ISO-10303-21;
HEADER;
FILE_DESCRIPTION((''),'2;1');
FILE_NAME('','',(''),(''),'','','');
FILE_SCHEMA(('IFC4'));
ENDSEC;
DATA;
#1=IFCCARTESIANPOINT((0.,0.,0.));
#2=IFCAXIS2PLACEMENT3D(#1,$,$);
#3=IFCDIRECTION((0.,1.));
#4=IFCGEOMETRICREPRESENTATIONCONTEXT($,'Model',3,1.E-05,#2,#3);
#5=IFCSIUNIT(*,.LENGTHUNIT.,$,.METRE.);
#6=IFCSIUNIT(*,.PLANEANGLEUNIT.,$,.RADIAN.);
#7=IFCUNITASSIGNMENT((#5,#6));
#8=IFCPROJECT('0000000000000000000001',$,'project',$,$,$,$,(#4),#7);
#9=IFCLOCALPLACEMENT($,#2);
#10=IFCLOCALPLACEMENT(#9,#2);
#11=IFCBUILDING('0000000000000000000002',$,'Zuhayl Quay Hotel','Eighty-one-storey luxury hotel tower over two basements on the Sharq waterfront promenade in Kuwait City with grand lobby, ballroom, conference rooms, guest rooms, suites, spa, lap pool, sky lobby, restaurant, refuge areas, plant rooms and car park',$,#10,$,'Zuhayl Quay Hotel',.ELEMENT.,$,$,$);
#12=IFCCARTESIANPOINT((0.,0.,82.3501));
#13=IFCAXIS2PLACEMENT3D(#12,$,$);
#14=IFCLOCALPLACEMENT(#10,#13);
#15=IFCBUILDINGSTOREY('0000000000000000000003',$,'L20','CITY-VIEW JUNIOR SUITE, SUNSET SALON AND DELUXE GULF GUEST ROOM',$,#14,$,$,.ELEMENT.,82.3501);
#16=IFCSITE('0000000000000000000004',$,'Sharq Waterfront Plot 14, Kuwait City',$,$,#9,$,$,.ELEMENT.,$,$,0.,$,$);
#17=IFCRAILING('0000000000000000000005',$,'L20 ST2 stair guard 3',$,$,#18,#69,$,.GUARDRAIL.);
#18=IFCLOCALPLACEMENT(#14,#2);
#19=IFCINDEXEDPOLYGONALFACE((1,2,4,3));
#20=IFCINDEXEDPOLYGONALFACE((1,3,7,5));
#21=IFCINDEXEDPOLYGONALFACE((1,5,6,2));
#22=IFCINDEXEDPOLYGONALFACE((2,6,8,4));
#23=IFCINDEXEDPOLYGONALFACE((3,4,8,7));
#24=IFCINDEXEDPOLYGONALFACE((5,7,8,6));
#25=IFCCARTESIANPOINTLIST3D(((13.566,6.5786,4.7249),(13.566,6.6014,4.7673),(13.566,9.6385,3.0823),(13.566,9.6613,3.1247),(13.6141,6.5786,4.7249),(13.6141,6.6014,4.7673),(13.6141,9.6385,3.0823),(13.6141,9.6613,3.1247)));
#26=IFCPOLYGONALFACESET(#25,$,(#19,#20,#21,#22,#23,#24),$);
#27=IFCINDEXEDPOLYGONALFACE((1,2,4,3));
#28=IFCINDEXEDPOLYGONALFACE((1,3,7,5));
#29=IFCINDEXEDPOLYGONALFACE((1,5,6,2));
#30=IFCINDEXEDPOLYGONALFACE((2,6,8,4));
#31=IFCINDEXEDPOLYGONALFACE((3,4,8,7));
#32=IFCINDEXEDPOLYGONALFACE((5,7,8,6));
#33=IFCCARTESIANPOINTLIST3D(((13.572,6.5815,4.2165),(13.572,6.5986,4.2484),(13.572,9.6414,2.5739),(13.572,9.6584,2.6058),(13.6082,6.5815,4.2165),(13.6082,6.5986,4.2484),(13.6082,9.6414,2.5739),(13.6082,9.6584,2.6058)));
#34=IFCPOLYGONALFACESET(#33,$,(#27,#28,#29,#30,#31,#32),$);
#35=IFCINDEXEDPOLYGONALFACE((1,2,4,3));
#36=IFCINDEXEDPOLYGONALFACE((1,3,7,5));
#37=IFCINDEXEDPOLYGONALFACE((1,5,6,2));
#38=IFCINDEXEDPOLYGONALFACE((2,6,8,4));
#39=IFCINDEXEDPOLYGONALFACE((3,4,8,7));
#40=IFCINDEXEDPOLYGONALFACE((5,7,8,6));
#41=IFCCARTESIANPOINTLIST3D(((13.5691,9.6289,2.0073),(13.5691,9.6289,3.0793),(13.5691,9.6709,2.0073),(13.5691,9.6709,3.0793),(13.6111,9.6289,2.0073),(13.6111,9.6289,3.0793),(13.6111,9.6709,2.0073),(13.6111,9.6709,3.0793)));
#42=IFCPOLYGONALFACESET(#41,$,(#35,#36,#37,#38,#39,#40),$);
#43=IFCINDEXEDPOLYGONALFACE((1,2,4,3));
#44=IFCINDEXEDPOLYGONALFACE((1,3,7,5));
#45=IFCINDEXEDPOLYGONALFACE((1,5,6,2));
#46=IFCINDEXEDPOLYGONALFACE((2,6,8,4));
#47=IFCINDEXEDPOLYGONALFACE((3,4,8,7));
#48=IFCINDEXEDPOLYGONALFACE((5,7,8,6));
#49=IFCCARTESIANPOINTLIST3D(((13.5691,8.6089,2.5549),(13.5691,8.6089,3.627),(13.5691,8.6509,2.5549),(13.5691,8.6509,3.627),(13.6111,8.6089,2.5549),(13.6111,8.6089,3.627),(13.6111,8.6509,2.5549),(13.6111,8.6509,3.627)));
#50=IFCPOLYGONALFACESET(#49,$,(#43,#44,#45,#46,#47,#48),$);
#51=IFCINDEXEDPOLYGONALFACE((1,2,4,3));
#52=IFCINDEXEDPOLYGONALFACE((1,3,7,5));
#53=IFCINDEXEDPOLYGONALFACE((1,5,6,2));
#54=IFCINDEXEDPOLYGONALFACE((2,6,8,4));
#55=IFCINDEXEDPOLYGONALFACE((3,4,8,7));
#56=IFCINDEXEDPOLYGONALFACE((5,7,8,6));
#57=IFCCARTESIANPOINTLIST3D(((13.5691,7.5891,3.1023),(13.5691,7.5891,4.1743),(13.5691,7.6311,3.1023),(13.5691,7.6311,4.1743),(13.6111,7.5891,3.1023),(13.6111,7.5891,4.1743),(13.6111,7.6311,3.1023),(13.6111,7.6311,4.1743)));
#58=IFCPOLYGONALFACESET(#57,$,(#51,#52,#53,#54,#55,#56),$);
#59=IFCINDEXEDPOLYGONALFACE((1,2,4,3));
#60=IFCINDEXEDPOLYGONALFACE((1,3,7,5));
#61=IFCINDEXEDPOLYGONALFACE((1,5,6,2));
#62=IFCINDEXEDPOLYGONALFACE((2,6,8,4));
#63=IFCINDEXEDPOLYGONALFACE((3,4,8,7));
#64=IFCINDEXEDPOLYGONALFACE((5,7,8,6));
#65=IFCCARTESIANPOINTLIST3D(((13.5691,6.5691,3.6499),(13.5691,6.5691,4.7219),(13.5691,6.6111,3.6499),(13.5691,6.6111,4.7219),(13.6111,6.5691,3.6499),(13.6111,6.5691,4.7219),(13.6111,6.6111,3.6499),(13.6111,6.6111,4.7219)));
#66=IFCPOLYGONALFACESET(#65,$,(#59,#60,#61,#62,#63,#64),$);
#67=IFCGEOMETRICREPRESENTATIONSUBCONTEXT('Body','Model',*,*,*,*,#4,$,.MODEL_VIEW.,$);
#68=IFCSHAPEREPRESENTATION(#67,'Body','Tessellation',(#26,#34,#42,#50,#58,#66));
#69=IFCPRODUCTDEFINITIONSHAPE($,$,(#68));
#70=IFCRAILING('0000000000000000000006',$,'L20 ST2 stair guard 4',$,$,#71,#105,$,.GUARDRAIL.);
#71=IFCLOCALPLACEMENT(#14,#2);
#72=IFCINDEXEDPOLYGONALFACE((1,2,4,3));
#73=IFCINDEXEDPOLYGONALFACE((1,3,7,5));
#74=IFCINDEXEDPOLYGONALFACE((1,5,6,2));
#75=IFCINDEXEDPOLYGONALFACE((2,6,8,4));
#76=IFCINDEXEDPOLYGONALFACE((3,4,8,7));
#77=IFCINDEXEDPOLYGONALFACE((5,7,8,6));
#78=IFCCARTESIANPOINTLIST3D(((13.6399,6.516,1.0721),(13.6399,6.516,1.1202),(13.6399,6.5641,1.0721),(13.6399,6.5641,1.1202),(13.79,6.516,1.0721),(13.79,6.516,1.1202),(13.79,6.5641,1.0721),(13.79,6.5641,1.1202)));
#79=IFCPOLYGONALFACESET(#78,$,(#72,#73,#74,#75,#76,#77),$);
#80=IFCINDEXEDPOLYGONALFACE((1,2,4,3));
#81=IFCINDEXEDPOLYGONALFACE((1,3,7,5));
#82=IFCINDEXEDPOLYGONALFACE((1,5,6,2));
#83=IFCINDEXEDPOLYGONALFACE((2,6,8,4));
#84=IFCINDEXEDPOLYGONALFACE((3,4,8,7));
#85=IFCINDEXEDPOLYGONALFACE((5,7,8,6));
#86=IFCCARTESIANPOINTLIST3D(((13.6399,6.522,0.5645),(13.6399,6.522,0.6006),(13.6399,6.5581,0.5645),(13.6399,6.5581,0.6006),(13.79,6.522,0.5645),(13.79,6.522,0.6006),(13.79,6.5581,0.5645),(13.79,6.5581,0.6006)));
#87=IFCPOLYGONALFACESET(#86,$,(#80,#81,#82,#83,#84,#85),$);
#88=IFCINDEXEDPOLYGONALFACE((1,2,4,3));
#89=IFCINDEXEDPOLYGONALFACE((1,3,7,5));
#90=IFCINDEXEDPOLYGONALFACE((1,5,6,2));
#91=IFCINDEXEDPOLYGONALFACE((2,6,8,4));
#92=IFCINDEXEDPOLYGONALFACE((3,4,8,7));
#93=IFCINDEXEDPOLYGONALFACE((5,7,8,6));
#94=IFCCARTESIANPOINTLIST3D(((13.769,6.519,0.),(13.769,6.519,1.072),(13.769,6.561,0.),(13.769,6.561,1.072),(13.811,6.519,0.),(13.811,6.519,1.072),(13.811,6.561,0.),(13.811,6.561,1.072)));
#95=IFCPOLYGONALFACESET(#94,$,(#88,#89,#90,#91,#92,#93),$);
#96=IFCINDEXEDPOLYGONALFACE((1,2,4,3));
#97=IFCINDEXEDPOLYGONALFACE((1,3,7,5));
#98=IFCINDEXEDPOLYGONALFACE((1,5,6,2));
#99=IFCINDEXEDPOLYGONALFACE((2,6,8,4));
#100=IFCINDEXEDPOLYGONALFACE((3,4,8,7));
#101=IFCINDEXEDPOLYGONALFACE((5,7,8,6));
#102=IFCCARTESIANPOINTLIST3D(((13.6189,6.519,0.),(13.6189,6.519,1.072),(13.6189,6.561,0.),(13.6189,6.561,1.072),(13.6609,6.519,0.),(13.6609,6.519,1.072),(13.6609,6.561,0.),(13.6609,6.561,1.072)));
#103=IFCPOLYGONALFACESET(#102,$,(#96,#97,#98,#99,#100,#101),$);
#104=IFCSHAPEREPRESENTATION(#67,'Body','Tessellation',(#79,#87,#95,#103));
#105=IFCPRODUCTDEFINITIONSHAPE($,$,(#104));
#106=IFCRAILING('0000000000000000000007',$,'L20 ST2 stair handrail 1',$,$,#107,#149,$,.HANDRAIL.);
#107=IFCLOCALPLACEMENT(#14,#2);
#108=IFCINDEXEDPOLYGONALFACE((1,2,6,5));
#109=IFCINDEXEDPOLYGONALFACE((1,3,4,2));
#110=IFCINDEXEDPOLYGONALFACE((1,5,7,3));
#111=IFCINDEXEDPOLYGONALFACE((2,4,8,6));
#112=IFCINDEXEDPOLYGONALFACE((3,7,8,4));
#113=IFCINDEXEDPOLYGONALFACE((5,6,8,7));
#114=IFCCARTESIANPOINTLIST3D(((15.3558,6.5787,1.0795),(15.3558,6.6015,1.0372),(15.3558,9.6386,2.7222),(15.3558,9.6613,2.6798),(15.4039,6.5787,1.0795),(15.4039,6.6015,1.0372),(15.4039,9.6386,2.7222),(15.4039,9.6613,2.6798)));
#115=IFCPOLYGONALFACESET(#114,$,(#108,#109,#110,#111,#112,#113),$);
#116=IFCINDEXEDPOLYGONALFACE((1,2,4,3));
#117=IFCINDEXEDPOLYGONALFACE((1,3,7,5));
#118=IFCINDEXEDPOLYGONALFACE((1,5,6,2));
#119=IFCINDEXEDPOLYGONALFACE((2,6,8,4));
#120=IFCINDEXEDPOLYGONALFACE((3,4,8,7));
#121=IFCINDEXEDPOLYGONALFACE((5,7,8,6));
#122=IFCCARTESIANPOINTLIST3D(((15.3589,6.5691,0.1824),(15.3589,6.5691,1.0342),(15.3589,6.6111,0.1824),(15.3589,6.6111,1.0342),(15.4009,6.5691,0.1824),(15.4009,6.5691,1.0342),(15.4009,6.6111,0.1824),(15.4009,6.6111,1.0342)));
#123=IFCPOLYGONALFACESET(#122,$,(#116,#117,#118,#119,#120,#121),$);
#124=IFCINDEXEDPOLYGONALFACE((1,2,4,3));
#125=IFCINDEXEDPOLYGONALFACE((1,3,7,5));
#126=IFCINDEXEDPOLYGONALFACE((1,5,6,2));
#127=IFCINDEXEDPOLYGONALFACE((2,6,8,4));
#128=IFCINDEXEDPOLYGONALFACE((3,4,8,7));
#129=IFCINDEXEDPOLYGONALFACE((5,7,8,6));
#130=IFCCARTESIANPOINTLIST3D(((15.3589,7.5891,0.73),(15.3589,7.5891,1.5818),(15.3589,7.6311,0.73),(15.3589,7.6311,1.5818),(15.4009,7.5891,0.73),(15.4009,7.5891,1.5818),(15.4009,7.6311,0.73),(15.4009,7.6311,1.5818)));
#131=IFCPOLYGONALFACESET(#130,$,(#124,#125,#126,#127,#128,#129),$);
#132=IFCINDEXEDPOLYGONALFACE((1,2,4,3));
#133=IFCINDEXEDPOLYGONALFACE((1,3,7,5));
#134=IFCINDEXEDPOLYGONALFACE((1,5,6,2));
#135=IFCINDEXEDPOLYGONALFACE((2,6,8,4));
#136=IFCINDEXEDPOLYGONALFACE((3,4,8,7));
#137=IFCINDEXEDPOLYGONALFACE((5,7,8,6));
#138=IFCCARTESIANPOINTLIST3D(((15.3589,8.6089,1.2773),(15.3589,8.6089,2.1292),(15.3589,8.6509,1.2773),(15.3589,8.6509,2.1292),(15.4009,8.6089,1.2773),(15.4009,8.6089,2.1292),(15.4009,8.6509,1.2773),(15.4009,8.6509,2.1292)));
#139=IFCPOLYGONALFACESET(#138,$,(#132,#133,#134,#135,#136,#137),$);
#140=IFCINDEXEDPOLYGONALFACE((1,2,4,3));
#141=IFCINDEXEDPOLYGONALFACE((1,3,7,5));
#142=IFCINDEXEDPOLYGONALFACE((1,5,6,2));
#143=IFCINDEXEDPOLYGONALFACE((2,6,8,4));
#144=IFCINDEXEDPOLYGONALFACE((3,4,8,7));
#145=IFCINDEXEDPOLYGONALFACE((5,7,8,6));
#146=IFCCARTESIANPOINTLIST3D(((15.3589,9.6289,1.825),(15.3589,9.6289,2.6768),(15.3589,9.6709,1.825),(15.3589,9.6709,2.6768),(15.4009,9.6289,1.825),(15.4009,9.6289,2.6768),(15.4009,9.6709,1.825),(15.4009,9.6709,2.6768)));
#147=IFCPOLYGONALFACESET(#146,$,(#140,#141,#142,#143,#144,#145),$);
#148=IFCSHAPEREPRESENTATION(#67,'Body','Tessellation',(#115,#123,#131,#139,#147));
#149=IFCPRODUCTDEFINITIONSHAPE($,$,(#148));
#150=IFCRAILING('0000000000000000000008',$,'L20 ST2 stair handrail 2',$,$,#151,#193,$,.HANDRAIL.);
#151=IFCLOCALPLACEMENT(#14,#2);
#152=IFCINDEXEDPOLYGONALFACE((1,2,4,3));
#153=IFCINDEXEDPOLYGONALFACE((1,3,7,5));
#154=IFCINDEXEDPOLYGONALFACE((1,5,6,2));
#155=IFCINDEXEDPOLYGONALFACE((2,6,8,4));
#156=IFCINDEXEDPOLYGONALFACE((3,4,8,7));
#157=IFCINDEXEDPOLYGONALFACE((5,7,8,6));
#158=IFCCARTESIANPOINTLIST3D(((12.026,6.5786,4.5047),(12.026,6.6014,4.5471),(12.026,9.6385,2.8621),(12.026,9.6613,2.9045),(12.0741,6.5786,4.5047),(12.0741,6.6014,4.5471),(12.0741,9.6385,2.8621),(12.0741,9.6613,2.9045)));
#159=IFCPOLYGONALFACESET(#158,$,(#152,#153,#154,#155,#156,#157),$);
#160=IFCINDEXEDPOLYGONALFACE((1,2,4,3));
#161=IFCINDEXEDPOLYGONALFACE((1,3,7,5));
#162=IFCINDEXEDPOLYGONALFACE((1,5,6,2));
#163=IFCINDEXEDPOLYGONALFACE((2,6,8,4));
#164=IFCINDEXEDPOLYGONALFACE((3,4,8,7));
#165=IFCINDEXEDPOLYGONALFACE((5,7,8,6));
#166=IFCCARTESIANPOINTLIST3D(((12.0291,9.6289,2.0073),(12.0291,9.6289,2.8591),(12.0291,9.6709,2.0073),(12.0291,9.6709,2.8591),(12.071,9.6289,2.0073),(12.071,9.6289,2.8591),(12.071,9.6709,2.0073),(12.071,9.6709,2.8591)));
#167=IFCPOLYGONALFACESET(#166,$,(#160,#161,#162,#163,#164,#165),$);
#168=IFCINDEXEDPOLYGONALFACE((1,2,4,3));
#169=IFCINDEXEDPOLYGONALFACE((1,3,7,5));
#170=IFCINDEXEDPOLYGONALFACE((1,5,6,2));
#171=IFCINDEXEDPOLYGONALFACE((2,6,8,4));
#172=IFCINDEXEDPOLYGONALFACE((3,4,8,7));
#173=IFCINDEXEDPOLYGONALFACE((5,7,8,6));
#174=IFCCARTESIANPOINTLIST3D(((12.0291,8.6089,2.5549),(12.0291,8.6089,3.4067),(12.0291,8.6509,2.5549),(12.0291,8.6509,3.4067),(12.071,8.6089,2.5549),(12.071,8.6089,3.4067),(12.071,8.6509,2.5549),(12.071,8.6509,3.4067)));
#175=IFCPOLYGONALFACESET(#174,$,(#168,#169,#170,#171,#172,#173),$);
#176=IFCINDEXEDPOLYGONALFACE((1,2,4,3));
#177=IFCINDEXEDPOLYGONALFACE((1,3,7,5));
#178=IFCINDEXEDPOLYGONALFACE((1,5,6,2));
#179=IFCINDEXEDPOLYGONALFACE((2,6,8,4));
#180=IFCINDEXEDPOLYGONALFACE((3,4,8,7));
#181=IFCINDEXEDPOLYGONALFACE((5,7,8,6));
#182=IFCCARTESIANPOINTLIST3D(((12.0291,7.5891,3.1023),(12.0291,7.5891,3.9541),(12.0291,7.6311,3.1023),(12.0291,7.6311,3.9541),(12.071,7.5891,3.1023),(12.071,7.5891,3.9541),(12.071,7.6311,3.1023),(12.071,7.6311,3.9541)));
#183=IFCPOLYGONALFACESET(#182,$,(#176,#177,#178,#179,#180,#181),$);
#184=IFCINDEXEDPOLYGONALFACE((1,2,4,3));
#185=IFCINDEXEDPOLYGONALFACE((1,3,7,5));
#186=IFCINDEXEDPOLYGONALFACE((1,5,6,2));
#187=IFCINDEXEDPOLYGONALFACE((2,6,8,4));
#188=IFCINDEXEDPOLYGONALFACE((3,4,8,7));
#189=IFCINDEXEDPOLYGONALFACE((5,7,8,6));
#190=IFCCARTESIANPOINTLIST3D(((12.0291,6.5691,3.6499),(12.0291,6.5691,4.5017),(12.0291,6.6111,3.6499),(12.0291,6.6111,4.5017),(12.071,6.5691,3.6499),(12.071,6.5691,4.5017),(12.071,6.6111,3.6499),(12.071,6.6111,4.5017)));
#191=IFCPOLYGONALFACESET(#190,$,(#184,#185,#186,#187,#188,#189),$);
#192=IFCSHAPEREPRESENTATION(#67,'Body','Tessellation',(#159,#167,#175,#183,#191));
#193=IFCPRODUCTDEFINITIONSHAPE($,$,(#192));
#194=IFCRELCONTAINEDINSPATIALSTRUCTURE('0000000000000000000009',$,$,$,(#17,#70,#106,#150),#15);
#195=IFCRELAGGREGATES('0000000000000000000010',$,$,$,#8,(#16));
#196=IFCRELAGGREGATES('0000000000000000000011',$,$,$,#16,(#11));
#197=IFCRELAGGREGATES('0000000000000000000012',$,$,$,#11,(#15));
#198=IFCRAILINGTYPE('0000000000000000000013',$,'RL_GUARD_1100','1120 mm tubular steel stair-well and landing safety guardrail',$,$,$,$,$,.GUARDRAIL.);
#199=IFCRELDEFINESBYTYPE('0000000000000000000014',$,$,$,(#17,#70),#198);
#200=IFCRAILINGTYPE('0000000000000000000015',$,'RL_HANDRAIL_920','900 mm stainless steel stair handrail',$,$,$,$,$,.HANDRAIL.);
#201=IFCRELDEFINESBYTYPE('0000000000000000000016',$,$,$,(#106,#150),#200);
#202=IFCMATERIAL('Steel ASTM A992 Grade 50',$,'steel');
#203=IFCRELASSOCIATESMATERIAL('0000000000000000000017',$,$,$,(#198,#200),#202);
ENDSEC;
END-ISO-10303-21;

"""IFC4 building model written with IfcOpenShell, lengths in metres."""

from ifc_helpers import new_model, si_unit, direction, frame, origin, origin_2d, place, context, subcontext, project, spatial, rectangle, extrude, material, type_object, element, save


model = new_model("IFC4")

# Units and contexts
model_context = context("Model", 3, precision=1e-05, world=origin(), true_north=direction((0.0, 1.0)))
body_context = subcontext(model_context, "Body", "Model", "MODEL_VIEW")
ifc_project = project(units=[si_unit("LENGTHUNIT", "METRE"), si_unit("PLANEANGLEUNIT", "RADIAN")], contexts=[model_context])

# Site, building, storey
site_placement = place(None, origin())
site = spatial("IfcSite", under=ifc_project, at=site_placement, Name="Sharq Waterfront Plot 14, Kuwait City", CompositionType="ELEMENT", RefElevation=0.0)
building_placement = place(site_placement, origin())
building = spatial("IfcBuilding", under=site, at=building_placement, Name="Zuhayl Quay Hotel", Description="Eighty-one-storey luxury hotel tower over two basements on the Sharq waterfront promenade in Kuwait City with grand lobby, ballroom, conference rooms, guest rooms, suites, spa, lap pool, sky lobby, restaurant, refuge areas, plant rooms and car park", LongName="Zuhayl Quay Hotel", CompositionType="ELEMENT")
storey_placement = place(building_placement, frame((0.0, 0.0, 82.3501)))
storey = spatial("IfcBuildingStorey", under=building, at=storey_placement, Name="L20", Description="CITY-VIEW JUNIOR SUITE, SUNSET SALON AND DELUXE GULF GUEST ROOM", CompositionType="ELEMENT", Elevation=82.3501)

# Shared definitions
ifc_material_1 = material(Name="Steel ASTM A992 Grade 50", Category="steel")

# Railings
railing_type_1 = type_object("IfcRailingType", Name="RL_GUARD_1100", Description="1120 mm tubular steel stair-well and landing safety guardrail", PredefinedType="GUARDRAIL", material=ifc_material_1)
railing_1_placement = place(storey_placement, frame((13.5901, 9.6499, 2.0073)))
element("IfcRailing", 1, at=railing_1_placement, inside=storey, type_object=railing_type_1, Name="L20 ST2 stair guard 3", PredefinedType="GUARDRAIL", context=body_context, shape_type="SweptSolid", body=[
    extrude(rectangle(XDim=0.0481, YDim=0.0481, at=origin_2d()), frame((0.0, 0.0, 1.0962), z_axis=(0.0, -0.881073, 0.47298), x_axis=(1.0, 0.0, 0.0)), (0.0, 0.0, 1.0), 3.4729),
    extrude(rectangle(XDim=0.0361, YDim=0.0361, at=origin_2d()), frame((0.0, 0.0, 0.5825), z_axis=(0.0, -0.881073, 0.47298), x_axis=(1.0, 0.0, 0.0)), (0.0, 0.0, 1.0), 3.4729),
    extrude(rectangle(XDim=0.042, YDim=0.042, at=origin_2d()), origin(), (0.0, 0.0, 1.0), 1.072),
    extrude(rectangle(XDim=0.042, YDim=0.042, at=origin_2d()), frame((0.0, -1.02, 0.5476)), (0.0, 0.0, 1.0), 1.072),
    extrude(rectangle(XDim=0.042, YDim=0.042, at=origin_2d()), frame((0.0, -2.0398, 1.095)), (0.0, 0.0, 1.0), 1.072),
    extrude(rectangle(XDim=0.042, YDim=0.042, at=origin_2d()), frame((0.0, -3.0598, 1.6426)), (0.0, 0.0, 1.0), 1.072),
])
railing_2_placement = place(storey_placement, frame((13.79, 6.54, 0.0)))
element("IfcRailing", 2, at=railing_2_placement, inside=storey, type_object=railing_type_1, Name="L20 ST2 stair guard 4", PredefinedType="GUARDRAIL", context=body_context, shape_type="SweptSolid", body=[
    extrude(rectangle(XDim=0.0481, YDim=0.0481, at=origin_2d()), frame((0.0, 0.0, 1.0962), z_axis=(-1.0, 0.0, 0.0), x_axis=(0.0, -1.0, 0.0)), (0.0, 0.0, 1.0), 0.1501),
    extrude(rectangle(XDim=0.0361, YDim=0.0361, at=origin_2d()), frame((0.0, 0.0, 0.5825), z_axis=(-1.0, 0.0, 0.0), x_axis=(0.0, -1.0, 0.0)), (0.0, 0.0, 1.0), 0.1501),
    extrude(rectangle(XDim=0.042, YDim=0.042, at=origin_2d()), origin(), (0.0, 0.0, 1.0), 1.072),
    extrude(rectangle(XDim=0.042, YDim=0.042, at=origin_2d()), frame((-0.1501, 0.0, 0.0)), (0.0, 0.0, 1.0), 1.072),
])
railing_type_2 = type_object("IfcRailingType", Name="RL_HANDRAIL_920", Description="900 mm stainless steel stair handrail", PredefinedType="HANDRAIL", material=ifc_material_1)
railing_3_placement = place(storey_placement, frame((15.3799, 6.5901, 0.1824)))
element("IfcRailing", 3, at=railing_3_placement, inside=storey, type_object=railing_type_2, Name="L20 ST2 stair handrail 1", PredefinedType="HANDRAIL", context=body_context, shape_type="SweptSolid", body=[
    extrude(rectangle(XDim=0.0481, YDim=0.0481, at=origin_2d()), frame((0.0, 0.0, 0.876), z_axis=(0.0, 0.881073, 0.47298), x_axis=(-1.0, 0.0, 0.0)), (0.0, 0.0, 1.0), 3.4729),
    extrude(rectangle(XDim=0.042, YDim=0.042, at=origin_2d()), origin(), (0.0, 0.0, 1.0), 0.8518),
    extrude(rectangle(XDim=0.042, YDim=0.042, at=origin_2d()), frame((0.0, 1.02, 0.5476)), (0.0, 0.0, 1.0), 0.8518),
    extrude(rectangle(XDim=0.042, YDim=0.042, at=origin_2d()), frame((0.0, 2.0398, 1.095)), (0.0, 0.0, 1.0), 0.8518),
    extrude(rectangle(XDim=0.042, YDim=0.042, at=origin_2d()), frame((0.0, 3.0598, 1.6426)), (0.0, 0.0, 1.0), 0.8518),
])
railing_4_placement = place(storey_placement, frame((12.05, 9.6499, 2.0073)))
element("IfcRailing", 4, at=railing_4_placement, inside=storey, type_object=railing_type_2, Name="L20 ST2 stair handrail 2", PredefinedType="HANDRAIL", context=body_context, shape_type="SweptSolid", body=[
    extrude(rectangle(XDim=0.0481, YDim=0.0481, at=origin_2d()), frame((0.0, 0.0, 0.876), z_axis=(0.0, -0.881073, 0.47298), x_axis=(1.0, 0.0, 0.0)), (0.0, 0.0, 1.0), 3.4729),
    extrude(rectangle(XDim=0.042, YDim=0.042, at=origin_2d()), origin(), (0.0, 0.0, 1.0), 0.8518),
    extrude(rectangle(XDim=0.042, YDim=0.042, at=origin_2d()), frame((0.0, -1.02, 0.5476)), (0.0, 0.0, 1.0), 0.8518),
    extrude(rectangle(XDim=0.042, YDim=0.042, at=origin_2d()), frame((0.0, -2.0398, 1.095)), (0.0, 0.0, 1.0), 0.8518),
    extrude(rectangle(XDim=0.042, YDim=0.042, at=origin_2d()), frame((0.0, -3.0598, 1.6426)), (0.0, 0.0, 1.0), 0.8518),
])

save(model, "model.ifc")
